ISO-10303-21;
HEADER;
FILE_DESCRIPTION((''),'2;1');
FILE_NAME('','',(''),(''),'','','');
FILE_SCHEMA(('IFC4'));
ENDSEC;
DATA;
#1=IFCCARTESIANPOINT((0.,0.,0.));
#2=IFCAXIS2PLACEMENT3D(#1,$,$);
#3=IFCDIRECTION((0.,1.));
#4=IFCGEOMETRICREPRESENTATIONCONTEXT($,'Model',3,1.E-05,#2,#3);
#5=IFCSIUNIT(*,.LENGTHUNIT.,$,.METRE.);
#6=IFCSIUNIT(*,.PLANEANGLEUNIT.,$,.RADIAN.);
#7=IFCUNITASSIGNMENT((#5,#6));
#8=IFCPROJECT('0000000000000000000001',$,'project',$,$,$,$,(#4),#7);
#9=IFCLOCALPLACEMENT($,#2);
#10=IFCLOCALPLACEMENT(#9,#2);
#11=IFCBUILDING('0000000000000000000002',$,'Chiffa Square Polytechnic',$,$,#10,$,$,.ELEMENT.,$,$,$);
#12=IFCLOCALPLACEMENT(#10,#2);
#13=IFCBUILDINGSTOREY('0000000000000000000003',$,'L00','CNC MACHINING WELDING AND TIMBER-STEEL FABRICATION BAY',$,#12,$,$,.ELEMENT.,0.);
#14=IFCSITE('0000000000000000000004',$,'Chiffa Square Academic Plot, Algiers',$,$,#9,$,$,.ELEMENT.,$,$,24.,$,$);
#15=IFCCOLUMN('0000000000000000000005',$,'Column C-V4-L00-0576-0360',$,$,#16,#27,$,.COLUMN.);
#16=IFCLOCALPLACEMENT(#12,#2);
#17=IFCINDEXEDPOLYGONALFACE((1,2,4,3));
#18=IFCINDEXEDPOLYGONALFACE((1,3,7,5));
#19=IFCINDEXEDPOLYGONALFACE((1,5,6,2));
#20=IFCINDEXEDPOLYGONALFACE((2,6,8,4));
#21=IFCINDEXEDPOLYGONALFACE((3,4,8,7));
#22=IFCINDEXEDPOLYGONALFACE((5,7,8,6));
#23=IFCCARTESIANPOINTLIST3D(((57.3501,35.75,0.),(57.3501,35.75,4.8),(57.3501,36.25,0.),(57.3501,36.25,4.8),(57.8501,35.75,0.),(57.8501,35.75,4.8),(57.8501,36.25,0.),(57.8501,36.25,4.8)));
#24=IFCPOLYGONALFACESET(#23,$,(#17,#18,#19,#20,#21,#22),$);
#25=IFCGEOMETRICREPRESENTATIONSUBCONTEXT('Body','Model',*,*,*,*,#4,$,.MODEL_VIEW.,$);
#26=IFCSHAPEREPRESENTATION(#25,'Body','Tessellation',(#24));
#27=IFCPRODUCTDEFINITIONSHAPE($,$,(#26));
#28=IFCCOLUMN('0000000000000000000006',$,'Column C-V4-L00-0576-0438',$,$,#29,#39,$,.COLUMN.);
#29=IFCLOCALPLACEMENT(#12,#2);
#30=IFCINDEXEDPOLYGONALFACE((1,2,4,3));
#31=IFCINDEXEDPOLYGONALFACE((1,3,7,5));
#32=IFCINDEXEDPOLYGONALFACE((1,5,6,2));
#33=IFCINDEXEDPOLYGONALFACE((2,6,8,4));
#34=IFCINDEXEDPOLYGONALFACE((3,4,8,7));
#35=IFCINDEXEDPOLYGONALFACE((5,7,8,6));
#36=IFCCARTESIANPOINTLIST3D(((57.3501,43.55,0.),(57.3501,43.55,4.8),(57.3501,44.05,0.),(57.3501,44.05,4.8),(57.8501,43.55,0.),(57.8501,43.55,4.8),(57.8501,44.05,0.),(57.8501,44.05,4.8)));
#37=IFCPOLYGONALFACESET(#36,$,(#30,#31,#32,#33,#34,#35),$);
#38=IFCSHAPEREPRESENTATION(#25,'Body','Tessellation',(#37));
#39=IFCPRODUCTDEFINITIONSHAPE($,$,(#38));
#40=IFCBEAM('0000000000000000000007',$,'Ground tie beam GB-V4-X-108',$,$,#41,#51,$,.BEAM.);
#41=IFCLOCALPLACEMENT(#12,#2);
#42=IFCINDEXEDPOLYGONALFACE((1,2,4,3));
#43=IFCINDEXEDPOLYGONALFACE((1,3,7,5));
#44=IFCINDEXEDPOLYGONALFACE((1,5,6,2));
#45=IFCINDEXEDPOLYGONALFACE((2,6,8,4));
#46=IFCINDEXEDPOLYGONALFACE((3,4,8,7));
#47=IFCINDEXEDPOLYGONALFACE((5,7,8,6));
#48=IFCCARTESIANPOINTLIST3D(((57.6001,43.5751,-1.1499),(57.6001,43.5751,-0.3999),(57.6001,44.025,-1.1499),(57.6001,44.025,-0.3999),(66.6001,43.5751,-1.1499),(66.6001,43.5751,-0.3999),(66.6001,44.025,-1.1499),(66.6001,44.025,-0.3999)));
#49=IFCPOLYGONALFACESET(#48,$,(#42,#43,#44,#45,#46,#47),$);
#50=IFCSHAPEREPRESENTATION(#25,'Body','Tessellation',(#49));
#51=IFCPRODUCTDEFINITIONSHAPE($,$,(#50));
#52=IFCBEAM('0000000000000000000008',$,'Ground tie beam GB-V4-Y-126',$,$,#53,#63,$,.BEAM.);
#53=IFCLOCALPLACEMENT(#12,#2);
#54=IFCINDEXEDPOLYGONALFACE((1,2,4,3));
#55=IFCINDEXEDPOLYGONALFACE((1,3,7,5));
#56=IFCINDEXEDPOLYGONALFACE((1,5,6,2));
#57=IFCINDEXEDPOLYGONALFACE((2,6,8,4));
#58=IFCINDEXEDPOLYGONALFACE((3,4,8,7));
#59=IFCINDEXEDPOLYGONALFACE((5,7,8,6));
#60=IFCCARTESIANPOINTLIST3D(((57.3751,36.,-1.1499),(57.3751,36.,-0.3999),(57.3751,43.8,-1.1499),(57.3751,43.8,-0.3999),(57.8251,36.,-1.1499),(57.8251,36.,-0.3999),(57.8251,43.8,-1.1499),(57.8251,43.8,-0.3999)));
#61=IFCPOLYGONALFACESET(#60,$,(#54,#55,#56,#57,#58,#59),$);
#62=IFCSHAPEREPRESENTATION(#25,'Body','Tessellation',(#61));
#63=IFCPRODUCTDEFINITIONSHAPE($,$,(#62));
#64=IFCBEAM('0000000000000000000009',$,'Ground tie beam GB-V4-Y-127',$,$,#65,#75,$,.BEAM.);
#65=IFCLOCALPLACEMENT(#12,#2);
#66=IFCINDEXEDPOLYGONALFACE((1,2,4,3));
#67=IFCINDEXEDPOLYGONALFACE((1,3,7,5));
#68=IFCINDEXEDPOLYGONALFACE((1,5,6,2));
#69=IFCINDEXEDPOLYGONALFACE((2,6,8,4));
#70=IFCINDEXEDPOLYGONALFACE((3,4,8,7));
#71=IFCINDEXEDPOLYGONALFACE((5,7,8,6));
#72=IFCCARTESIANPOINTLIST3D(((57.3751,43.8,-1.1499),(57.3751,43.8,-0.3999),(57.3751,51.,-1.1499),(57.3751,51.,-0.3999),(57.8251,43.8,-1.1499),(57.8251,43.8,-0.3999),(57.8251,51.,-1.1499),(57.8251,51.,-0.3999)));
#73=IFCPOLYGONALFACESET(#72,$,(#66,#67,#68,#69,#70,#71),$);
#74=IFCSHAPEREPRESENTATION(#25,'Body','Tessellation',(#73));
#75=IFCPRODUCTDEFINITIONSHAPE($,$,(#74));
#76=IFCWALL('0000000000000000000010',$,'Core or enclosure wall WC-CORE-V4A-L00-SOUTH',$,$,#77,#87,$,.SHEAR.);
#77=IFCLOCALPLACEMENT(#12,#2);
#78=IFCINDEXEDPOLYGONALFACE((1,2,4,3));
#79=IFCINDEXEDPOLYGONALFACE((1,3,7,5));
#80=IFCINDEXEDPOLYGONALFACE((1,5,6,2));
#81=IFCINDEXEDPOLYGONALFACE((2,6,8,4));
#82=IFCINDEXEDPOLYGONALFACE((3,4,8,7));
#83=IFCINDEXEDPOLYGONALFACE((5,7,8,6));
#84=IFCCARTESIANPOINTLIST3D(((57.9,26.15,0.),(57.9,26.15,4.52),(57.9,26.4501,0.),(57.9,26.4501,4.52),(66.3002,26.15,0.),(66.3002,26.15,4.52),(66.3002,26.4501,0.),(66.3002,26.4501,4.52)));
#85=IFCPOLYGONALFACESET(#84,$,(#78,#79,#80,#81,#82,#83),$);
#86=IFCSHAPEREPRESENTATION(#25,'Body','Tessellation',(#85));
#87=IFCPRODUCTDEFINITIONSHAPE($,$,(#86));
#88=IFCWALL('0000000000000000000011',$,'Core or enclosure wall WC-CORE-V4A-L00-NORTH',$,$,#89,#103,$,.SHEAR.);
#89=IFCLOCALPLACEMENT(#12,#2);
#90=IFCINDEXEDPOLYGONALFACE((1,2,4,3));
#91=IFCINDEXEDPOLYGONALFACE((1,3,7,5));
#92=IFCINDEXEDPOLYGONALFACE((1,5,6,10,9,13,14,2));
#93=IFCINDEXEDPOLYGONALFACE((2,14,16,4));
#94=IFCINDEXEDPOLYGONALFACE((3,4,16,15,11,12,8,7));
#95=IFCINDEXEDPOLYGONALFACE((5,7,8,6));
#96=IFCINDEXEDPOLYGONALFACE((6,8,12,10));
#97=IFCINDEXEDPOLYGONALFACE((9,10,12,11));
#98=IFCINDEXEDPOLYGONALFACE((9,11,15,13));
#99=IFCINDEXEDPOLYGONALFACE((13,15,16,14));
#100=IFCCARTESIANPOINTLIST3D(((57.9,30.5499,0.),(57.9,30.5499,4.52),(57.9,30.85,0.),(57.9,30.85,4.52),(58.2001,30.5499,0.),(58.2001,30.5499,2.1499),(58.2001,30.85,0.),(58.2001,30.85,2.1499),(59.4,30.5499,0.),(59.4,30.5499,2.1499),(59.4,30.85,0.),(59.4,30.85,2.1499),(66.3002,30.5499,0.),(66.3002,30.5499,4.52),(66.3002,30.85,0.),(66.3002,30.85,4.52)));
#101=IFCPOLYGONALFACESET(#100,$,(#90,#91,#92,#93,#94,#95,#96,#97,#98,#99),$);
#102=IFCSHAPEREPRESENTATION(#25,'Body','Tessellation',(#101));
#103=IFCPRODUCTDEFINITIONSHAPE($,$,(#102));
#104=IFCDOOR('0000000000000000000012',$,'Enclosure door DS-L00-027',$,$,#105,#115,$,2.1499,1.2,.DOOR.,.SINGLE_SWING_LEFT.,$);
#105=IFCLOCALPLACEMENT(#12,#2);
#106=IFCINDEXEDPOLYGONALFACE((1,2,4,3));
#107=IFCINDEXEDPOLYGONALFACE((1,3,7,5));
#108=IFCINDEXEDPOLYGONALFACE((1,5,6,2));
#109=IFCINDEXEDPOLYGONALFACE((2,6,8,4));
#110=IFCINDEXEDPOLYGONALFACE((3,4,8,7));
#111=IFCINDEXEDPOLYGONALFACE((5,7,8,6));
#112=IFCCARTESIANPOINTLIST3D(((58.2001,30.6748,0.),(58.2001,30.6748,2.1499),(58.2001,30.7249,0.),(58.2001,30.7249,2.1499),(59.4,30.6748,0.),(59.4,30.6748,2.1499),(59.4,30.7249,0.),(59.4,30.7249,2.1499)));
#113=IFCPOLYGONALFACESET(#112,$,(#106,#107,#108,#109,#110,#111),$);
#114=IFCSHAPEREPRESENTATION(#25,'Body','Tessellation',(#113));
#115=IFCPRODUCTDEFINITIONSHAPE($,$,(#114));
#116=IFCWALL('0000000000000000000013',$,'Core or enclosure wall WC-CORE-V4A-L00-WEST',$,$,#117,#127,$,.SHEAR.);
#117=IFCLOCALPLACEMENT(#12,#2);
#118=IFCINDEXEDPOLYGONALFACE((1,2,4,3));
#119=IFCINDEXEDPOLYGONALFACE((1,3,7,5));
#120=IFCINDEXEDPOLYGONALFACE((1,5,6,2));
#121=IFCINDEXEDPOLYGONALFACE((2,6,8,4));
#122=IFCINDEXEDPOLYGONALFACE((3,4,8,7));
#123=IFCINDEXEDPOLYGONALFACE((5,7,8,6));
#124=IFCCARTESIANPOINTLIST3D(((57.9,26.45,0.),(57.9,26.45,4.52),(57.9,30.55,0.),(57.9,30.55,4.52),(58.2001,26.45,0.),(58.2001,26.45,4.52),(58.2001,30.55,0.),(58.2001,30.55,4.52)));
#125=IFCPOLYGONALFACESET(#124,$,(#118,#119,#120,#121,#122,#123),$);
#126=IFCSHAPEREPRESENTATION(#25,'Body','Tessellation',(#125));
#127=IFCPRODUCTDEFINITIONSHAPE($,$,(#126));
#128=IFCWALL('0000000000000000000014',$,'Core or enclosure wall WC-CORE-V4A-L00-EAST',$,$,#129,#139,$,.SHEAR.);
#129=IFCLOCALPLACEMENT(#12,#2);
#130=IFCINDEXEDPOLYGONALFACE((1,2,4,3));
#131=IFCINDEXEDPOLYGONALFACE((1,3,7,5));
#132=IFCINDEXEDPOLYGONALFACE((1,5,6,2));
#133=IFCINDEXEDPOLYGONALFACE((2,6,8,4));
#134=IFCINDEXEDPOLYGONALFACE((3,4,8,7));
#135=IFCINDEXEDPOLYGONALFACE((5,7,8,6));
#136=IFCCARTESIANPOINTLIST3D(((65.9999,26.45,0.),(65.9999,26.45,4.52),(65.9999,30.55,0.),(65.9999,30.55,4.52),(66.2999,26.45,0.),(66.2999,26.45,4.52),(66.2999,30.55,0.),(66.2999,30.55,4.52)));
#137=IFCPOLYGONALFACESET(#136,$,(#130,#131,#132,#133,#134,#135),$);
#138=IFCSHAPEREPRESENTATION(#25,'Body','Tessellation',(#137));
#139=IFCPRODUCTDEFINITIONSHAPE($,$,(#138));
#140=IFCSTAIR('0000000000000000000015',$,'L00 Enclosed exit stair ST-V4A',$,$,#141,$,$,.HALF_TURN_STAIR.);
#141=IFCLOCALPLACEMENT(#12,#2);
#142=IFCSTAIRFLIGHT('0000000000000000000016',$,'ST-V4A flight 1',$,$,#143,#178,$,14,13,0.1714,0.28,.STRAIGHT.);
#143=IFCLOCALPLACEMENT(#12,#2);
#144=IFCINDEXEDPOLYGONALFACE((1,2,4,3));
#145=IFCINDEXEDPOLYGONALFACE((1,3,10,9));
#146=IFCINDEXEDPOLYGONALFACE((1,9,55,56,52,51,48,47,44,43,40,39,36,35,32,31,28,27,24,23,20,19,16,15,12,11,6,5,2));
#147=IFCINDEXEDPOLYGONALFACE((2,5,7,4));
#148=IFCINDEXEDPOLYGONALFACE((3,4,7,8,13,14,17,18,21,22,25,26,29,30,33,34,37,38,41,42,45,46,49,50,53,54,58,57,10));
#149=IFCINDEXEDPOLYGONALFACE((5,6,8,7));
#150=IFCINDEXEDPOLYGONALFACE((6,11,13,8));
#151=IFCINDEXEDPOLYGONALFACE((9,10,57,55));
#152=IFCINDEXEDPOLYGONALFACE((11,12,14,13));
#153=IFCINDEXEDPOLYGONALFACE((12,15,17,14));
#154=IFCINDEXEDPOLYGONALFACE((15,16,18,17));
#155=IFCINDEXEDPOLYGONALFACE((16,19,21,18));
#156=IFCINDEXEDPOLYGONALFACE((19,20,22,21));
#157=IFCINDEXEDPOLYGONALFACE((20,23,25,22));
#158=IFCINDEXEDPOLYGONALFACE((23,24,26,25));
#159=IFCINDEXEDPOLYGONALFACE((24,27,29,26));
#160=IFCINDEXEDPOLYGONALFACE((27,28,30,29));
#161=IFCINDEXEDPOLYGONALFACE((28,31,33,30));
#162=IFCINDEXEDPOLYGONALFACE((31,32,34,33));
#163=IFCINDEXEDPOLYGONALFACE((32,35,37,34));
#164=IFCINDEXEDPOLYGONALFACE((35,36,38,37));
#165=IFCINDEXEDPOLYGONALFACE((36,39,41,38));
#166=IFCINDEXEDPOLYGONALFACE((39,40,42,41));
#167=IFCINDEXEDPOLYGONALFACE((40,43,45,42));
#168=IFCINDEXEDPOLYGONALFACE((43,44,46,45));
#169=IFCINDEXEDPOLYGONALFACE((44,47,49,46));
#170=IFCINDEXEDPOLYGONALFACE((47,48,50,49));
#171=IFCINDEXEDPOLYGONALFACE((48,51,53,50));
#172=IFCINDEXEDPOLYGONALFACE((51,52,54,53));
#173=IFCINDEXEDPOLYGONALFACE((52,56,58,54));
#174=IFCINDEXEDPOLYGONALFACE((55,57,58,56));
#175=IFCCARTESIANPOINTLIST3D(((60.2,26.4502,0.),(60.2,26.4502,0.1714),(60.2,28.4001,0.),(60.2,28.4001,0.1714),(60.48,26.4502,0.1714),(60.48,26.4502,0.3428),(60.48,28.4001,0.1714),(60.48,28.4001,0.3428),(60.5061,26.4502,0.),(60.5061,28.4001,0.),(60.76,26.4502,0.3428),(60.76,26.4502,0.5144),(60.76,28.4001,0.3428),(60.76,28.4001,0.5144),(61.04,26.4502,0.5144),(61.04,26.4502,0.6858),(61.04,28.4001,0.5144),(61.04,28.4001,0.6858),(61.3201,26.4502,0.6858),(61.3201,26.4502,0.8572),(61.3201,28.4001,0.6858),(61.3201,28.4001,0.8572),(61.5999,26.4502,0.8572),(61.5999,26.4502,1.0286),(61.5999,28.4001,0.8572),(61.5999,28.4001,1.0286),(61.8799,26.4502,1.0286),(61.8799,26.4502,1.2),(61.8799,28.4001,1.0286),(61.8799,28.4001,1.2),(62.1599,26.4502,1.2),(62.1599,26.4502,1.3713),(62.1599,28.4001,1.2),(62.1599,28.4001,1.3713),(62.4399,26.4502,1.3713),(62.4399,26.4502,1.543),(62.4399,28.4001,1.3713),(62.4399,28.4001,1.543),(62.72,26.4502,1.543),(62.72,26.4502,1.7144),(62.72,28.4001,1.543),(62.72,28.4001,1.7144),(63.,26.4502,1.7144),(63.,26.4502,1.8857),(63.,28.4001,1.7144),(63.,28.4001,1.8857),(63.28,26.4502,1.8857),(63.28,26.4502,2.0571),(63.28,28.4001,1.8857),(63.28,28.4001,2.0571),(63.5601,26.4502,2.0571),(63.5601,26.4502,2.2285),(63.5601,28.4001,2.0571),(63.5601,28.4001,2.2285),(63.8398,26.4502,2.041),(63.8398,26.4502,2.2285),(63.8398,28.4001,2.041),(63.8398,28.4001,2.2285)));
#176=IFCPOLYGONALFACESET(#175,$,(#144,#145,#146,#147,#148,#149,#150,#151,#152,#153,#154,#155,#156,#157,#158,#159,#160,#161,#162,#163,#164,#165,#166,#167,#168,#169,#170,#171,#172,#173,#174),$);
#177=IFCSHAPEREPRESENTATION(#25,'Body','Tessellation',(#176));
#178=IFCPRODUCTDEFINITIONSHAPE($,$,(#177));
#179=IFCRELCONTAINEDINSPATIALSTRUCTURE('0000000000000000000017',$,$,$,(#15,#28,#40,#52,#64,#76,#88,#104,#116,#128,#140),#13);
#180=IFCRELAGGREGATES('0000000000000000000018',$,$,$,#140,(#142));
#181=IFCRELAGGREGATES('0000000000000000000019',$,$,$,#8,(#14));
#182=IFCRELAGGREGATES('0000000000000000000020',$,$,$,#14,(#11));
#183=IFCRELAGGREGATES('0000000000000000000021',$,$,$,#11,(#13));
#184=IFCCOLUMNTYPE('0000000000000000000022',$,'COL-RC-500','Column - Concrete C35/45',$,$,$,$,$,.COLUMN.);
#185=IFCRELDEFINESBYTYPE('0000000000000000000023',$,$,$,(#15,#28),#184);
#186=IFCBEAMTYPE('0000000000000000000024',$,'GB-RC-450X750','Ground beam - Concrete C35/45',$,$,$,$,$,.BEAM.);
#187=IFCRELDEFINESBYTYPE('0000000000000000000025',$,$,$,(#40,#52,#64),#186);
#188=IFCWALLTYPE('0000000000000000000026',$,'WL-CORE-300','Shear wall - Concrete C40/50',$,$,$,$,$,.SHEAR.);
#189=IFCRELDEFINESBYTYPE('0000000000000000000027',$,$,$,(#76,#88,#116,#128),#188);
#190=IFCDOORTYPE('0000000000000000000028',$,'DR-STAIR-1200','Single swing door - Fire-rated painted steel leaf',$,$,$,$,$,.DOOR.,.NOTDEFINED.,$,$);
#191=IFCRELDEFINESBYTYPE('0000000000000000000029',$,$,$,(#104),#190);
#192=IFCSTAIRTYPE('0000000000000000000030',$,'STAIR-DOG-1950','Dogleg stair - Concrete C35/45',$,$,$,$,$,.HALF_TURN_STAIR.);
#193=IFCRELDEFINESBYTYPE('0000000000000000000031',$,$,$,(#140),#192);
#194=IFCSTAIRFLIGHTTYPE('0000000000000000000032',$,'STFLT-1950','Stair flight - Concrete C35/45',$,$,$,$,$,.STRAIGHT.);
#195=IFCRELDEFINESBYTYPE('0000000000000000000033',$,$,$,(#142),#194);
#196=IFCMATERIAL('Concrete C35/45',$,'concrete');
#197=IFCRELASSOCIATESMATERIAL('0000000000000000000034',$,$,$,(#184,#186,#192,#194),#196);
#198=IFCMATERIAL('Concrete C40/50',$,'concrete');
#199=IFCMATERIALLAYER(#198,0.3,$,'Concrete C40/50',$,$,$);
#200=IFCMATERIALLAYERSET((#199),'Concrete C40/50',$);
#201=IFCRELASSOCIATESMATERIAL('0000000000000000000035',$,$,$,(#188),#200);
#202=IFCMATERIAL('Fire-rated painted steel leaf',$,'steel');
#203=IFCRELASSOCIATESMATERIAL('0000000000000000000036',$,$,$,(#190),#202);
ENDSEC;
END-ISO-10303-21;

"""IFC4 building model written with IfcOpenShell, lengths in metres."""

from ifc_helpers import new_model, si_unit, direction, frame, frame_2d, origin, origin_2d, place, context, subcontext, project, spatial, polyline, rectangle, outline, extrude, material, layer, layer_set, material_profile, profile_set, type_object, element, fill, aggregate, save


model = new_model("IFC4")

# Units and contexts
model_context = context("Model", 3, precision=1e-05, world=origin(), true_north=direction((0.0, 1.0)))
body_context = subcontext(model_context, "Body", "Model", "MODEL_VIEW")
ifc_project = project(units=[si_unit("LENGTHUNIT", "METRE"), si_unit("PLANEANGLEUNIT", "RADIAN")], contexts=[model_context])

# Site, building, storey
site_placement = place(None, origin())
site = spatial("IfcSite", under=ifc_project, at=site_placement, Name="Chiffa Square Academic Plot, Algiers", CompositionType="ELEMENT", RefElevation=24.0)
building_placement = place(site_placement, origin())
building = spatial("IfcBuilding", under=site, at=building_placement, Name="Chiffa Square Polytechnic", CompositionType="ELEMENT")
storey_placement = place(building_placement, origin())
storey = spatial("IfcBuildingStorey", under=building, at=storey_placement, Name="L00", Description="CNC MACHINING WELDING AND TIMBER-STEEL FABRICATION BAY", CompositionType="ELEMENT", Elevation=0.0)

# Columns
ifc_material_1 = material(Name="Concrete C35/45", Category="concrete")
ifc_material_profile_1 = material_profile(ifc_material_1, rectangle(XDim=0.5, YDim=0.5, at=origin_2d()), Name="RC 500x500")
ifc_profile_set_1 = profile_set([ifc_material_profile_1], Name="Concrete C35/45")
column_type = type_object("IfcColumnType", Name="COL-RC-500", Description="Column - Concrete C35/45", PredefinedType="COLUMN", material=ifc_profile_set_1)
for number, where, z_axis, x_axis, name in (
    (1, (57.6001, 36.0, 0.0), (0.0, 0.0, 1.0), (1.0, 0.0, 0.0), "Column C-V4-L00-0576-0360"),
    (2, (57.6001, 43.8, 0.0), (0.0, 0.0, 1.0), (1.0, 0.0, 0.0), "Column C-V4-L00-0576-0438"),
):
    element("IfcColumn", number, at=place(storey_placement, frame(where, z_axis=z_axis, x_axis=x_axis)), inside=storey, type_object=column_type, Name=name, PredefinedType="COLUMN", context=body_context, shape_type="SweptSolid", body=[
        extrude(rectangle(XDim=0.5, YDim=0.5, at=origin_2d()), origin(), (0.0, 0.0, 1.0), 4.8),
    ])

# Beams
ifc_material_profile_2 = material_profile(ifc_material_1, rectangle(XDim=0.45, YDim=0.75, at=origin_2d()), Name="RC 450x750")
ifc_profile_set_2 = profile_set([ifc_material_profile_2], Name="Concrete C35/45")
beam_type = type_object("IfcBeamType", Name="GB-RC-450X750", Description="Ground beam - Concrete C35/45", PredefinedType="BEAM", material=ifc_profile_set_2)
beam_1_placement = place(storey_placement, frame((57.6001, 43.8, -0.7749), z_axis=(1.0, 0.0, 0.0), x_axis=(0.0, 1.0, 0.0)))
element("IfcBeam", 3, at=beam_1_placement, inside=storey, type_object=beam_type, Name="Ground tie beam GB-V4-X-108", PredefinedType="BEAM", context=body_context, shape_type="SweptSolid", body=[
    extrude(rectangle(XDim=0.45, YDim=0.75, at=origin_2d()), origin(), (0.0, 0.0, 1.0), 9.0),
])
beam_2_placement = place(storey_placement, frame((57.6001, 36.0, -0.7749), z_axis=(0.0, 1.0, 0.0), x_axis=(-1.0, 0.0, 0.0)))
element("IfcBeam", 4, at=beam_2_placement, inside=storey, type_object=beam_type, Name="Ground tie beam GB-V4-Y-126", PredefinedType="BEAM", context=body_context, shape_type="SweptSolid", body=[
    extrude(rectangle(XDim=0.45, YDim=0.75, at=origin_2d()), origin(), (0.0, 0.0, 1.0), 7.8),
])
beam_3_placement = place(storey_placement, frame((57.6001, 43.8, -0.7749), z_axis=(0.0, 1.0, 0.0), x_axis=(-1.0, 0.0, 0.0)))
element("IfcBeam", 5, at=beam_3_placement, inside=storey, type_object=beam_type, Name="Ground tie beam GB-V4-Y-127", PredefinedType="BEAM", context=body_context, shape_type="SweptSolid", body=[
    extrude(rectangle(XDim=0.45, YDim=0.75, at=origin_2d()), origin(), (0.0, 0.0, 1.0), 7.2),
])

# Wall
ifc_material_2 = material(Name="Concrete C40/50", Category="concrete")
ifc_layer_1 = layer(ifc_material_2, 0.3, Name="Concrete C40/50")
ifc_layer_set_1 = layer_set([ifc_layer_1], Name="Concrete C40/50")
wall_type_1 = type_object("IfcWallType", Name="WL-CORE-300", Description="Shear wall - Concrete C40/50", PredefinedType="SHEAR", material=ifc_layer_set_1)
wall_1_placement = place(storey_placement, frame((57.8999, 26.3, 0.0), z_axis=(0.0, 0.0, 1.0), x_axis=(1.0, 0.0, 0.0)))
element("IfcWall", 6, at=wall_1_placement, inside=storey, type_object=wall_type_1, Name="Core or enclosure wall WC-CORE-V4A-L00-SOUTH", PredefinedType="SHEAR", context=body_context, shape_type="SweptSolid", body=[
    extrude(rectangle(XDim=8.4001, YDim=0.3, at=frame_2d((4.2002, 0.0))), origin(), (0.0, 0.0, 1.0), 4.52),
])

# Wall, opening, door
wall_2_placement = place(storey_placement, frame((57.8999, 30.7, 0.0), z_axis=(0.0, 0.0, 1.0), x_axis=(1.0, 0.0, 0.0)))
wall_2 = element("IfcWall", 7, at=wall_2_placement, inside=storey, type_object=wall_type_1, Name="Core or enclosure wall WC-CORE-V4A-L00-NORTH", PredefinedType="SHEAR", context=body_context, shape_type="SweptSolid", body=[
    extrude(rectangle(XDim=8.4001, YDim=0.3, at=frame_2d((4.2002, 0.0))), origin(), (0.0, 0.0, 1.0), 4.52),
])
opening_1_placement = place(wall_2_placement, frame((0.3, 0.0, 0.0)))
opening_1 = element("IfcOpeningElement", 8, at=opening_1_placement, cuts=wall_2, PredefinedType="OPENING", context=body_context, shape_type="SweptSolid", body=[
    extrude(rectangle(XDim=1.2, YDim=2.1499, at=frame_2d((0.6001, 1.075))), frame((0.0, 0.1602, 0.0), z_axis=(0.0, -1.0, 0.0), x_axis=(1.0, 0.0, 0.0)), (0.0, 0.0, 1.0), 0.3201),
])
ifc_material_3 = material(Name="Fire-rated painted steel leaf", Category="steel")
door_type_1 = type_object("IfcDoorType", Name="DR-STAIR-1200", Description="Single swing door - Fire-rated painted steel leaf", OperationType="NOTDEFINED", PredefinedType="DOOR", material=ifc_material_3)
door_1_placement = place(opening_1_placement, origin())
door_1 = element("IfcDoor", 9, at=door_1_placement, inside=storey, type_object=door_type_1, Name="Enclosure door DS-L00-027", OperationType="SINGLE_SWING_LEFT", OverallHeight=2.1499, OverallWidth=1.2, PredefinedType="DOOR", context=body_context, shape_type="SweptSolid", body=[
    extrude(rectangle(XDim=1.2, YDim=2.1499, at=frame_2d((0.6001, 1.075))), frame((0.0, 0.0249, 0.0), z_axis=(0.0, -1.0, 0.0), x_axis=(1.0, 0.0, 0.0)), (0.0, 0.0, 1.0), 0.05),
])
fill(opening_1, door_1)

# Walls
for number, where, z_axis, x_axis, name in (
    (10, (58.05, 26.45, 0.0), (0.0, 0.0, 1.0), (0.0, 1.0, 0.0), "Core or enclosure wall WC-CORE-V4A-L00-WEST"),
    (11, (66.1499, 26.45, 0.0), (0.0, 0.0, 1.0), (0.0, 1.0, 0.0), "Core or enclosure wall WC-CORE-V4A-L00-EAST"),
):
    element("IfcWall", number, at=place(storey_placement, frame(where, z_axis=z_axis, x_axis=x_axis)), inside=storey, type_object=wall_type_1, Name=name, PredefinedType="SHEAR", context=body_context, shape_type="SweptSolid", body=[
        extrude(rectangle(XDim=4.1001, YDim=0.3, at=frame_2d((2.05, 0.0))), origin(), (0.0, 0.0, 1.0), 4.52),
    ])

# Stair, stair flight
stair_type = type_object("IfcStairType", Name="STAIR-DOG-1950", Description="Dogleg stair - Concrete C35/45", PredefinedType="HALF_TURN_STAIR", material=ifc_material_1)
stair_placement = place(storey_placement, origin())
stair = element("IfcStair", 12, at=stair_placement, inside=storey, type_object=stair_type, Name="L00 Enclosed exit stair ST-V4A", PredefinedType="HALF_TURN_STAIR")
stair_flight_type = type_object("IfcStairFlightType", Name="STFLT-1950", Description="Stair flight - Concrete C35/45", PredefinedType="STRAIGHT", material=ifc_material_1)
stair_flight_1_placement = place(storey_placement, frame((60.2, 27.425, 0.0), z_axis=(0.0, 0.0, 1.0), x_axis=(1.0, 0.0, 0.0)))
stair_flight_1 = element("IfcStairFlight", 13, at=stair_flight_1_placement, type_object=stair_flight_type, Name="ST-V4A flight 1", NumberOfRisers=14, NumberOfTreads=13, PredefinedType="STRAIGHT", RiserHeight=0.1714, TreadLength=0.28, context=body_context, shape_type="SweptSolid", body=[
    extrude(outline(polyline([(0.0, 0.0), (0.0, 0.1714), (0.28, 0.1714), (0.28, 0.3428), (0.5601, 0.3428), (0.5601, 0.5144), (0.8401, 0.5144), (0.8401, 0.6858), (1.1201, 0.6858), (1.1201, 0.8572), (1.3999, 0.8572), (1.3999, 1.0286), (1.6799, 1.0286), (1.6799, 1.2), (1.96, 1.2), (1.96, 1.3713), (2.24, 1.3713), (2.24, 1.543), (2.52, 1.543), (2.52, 1.7144), (2.8, 1.7144), (2.8, 1.8857), (3.0801, 1.8857), (3.0801, 2.0571), (3.3601, 2.0571), (3.3601, 2.2285), (3.6399, 2.2285), (3.6399, 2.3999), (3.6399, 2.041), (0.3062, 0.0), (0.0, 0.0)])), frame((0.0, 0.9751, 0.0), z_axis=(0.0, -1.0, 0.0), x_axis=(1.0, 0.0, 0.0)), (0.0, 0.0, 1.0), 1.95),
])
aggregate(stair, [stair_flight_1])

save(model, "model.ifc")
